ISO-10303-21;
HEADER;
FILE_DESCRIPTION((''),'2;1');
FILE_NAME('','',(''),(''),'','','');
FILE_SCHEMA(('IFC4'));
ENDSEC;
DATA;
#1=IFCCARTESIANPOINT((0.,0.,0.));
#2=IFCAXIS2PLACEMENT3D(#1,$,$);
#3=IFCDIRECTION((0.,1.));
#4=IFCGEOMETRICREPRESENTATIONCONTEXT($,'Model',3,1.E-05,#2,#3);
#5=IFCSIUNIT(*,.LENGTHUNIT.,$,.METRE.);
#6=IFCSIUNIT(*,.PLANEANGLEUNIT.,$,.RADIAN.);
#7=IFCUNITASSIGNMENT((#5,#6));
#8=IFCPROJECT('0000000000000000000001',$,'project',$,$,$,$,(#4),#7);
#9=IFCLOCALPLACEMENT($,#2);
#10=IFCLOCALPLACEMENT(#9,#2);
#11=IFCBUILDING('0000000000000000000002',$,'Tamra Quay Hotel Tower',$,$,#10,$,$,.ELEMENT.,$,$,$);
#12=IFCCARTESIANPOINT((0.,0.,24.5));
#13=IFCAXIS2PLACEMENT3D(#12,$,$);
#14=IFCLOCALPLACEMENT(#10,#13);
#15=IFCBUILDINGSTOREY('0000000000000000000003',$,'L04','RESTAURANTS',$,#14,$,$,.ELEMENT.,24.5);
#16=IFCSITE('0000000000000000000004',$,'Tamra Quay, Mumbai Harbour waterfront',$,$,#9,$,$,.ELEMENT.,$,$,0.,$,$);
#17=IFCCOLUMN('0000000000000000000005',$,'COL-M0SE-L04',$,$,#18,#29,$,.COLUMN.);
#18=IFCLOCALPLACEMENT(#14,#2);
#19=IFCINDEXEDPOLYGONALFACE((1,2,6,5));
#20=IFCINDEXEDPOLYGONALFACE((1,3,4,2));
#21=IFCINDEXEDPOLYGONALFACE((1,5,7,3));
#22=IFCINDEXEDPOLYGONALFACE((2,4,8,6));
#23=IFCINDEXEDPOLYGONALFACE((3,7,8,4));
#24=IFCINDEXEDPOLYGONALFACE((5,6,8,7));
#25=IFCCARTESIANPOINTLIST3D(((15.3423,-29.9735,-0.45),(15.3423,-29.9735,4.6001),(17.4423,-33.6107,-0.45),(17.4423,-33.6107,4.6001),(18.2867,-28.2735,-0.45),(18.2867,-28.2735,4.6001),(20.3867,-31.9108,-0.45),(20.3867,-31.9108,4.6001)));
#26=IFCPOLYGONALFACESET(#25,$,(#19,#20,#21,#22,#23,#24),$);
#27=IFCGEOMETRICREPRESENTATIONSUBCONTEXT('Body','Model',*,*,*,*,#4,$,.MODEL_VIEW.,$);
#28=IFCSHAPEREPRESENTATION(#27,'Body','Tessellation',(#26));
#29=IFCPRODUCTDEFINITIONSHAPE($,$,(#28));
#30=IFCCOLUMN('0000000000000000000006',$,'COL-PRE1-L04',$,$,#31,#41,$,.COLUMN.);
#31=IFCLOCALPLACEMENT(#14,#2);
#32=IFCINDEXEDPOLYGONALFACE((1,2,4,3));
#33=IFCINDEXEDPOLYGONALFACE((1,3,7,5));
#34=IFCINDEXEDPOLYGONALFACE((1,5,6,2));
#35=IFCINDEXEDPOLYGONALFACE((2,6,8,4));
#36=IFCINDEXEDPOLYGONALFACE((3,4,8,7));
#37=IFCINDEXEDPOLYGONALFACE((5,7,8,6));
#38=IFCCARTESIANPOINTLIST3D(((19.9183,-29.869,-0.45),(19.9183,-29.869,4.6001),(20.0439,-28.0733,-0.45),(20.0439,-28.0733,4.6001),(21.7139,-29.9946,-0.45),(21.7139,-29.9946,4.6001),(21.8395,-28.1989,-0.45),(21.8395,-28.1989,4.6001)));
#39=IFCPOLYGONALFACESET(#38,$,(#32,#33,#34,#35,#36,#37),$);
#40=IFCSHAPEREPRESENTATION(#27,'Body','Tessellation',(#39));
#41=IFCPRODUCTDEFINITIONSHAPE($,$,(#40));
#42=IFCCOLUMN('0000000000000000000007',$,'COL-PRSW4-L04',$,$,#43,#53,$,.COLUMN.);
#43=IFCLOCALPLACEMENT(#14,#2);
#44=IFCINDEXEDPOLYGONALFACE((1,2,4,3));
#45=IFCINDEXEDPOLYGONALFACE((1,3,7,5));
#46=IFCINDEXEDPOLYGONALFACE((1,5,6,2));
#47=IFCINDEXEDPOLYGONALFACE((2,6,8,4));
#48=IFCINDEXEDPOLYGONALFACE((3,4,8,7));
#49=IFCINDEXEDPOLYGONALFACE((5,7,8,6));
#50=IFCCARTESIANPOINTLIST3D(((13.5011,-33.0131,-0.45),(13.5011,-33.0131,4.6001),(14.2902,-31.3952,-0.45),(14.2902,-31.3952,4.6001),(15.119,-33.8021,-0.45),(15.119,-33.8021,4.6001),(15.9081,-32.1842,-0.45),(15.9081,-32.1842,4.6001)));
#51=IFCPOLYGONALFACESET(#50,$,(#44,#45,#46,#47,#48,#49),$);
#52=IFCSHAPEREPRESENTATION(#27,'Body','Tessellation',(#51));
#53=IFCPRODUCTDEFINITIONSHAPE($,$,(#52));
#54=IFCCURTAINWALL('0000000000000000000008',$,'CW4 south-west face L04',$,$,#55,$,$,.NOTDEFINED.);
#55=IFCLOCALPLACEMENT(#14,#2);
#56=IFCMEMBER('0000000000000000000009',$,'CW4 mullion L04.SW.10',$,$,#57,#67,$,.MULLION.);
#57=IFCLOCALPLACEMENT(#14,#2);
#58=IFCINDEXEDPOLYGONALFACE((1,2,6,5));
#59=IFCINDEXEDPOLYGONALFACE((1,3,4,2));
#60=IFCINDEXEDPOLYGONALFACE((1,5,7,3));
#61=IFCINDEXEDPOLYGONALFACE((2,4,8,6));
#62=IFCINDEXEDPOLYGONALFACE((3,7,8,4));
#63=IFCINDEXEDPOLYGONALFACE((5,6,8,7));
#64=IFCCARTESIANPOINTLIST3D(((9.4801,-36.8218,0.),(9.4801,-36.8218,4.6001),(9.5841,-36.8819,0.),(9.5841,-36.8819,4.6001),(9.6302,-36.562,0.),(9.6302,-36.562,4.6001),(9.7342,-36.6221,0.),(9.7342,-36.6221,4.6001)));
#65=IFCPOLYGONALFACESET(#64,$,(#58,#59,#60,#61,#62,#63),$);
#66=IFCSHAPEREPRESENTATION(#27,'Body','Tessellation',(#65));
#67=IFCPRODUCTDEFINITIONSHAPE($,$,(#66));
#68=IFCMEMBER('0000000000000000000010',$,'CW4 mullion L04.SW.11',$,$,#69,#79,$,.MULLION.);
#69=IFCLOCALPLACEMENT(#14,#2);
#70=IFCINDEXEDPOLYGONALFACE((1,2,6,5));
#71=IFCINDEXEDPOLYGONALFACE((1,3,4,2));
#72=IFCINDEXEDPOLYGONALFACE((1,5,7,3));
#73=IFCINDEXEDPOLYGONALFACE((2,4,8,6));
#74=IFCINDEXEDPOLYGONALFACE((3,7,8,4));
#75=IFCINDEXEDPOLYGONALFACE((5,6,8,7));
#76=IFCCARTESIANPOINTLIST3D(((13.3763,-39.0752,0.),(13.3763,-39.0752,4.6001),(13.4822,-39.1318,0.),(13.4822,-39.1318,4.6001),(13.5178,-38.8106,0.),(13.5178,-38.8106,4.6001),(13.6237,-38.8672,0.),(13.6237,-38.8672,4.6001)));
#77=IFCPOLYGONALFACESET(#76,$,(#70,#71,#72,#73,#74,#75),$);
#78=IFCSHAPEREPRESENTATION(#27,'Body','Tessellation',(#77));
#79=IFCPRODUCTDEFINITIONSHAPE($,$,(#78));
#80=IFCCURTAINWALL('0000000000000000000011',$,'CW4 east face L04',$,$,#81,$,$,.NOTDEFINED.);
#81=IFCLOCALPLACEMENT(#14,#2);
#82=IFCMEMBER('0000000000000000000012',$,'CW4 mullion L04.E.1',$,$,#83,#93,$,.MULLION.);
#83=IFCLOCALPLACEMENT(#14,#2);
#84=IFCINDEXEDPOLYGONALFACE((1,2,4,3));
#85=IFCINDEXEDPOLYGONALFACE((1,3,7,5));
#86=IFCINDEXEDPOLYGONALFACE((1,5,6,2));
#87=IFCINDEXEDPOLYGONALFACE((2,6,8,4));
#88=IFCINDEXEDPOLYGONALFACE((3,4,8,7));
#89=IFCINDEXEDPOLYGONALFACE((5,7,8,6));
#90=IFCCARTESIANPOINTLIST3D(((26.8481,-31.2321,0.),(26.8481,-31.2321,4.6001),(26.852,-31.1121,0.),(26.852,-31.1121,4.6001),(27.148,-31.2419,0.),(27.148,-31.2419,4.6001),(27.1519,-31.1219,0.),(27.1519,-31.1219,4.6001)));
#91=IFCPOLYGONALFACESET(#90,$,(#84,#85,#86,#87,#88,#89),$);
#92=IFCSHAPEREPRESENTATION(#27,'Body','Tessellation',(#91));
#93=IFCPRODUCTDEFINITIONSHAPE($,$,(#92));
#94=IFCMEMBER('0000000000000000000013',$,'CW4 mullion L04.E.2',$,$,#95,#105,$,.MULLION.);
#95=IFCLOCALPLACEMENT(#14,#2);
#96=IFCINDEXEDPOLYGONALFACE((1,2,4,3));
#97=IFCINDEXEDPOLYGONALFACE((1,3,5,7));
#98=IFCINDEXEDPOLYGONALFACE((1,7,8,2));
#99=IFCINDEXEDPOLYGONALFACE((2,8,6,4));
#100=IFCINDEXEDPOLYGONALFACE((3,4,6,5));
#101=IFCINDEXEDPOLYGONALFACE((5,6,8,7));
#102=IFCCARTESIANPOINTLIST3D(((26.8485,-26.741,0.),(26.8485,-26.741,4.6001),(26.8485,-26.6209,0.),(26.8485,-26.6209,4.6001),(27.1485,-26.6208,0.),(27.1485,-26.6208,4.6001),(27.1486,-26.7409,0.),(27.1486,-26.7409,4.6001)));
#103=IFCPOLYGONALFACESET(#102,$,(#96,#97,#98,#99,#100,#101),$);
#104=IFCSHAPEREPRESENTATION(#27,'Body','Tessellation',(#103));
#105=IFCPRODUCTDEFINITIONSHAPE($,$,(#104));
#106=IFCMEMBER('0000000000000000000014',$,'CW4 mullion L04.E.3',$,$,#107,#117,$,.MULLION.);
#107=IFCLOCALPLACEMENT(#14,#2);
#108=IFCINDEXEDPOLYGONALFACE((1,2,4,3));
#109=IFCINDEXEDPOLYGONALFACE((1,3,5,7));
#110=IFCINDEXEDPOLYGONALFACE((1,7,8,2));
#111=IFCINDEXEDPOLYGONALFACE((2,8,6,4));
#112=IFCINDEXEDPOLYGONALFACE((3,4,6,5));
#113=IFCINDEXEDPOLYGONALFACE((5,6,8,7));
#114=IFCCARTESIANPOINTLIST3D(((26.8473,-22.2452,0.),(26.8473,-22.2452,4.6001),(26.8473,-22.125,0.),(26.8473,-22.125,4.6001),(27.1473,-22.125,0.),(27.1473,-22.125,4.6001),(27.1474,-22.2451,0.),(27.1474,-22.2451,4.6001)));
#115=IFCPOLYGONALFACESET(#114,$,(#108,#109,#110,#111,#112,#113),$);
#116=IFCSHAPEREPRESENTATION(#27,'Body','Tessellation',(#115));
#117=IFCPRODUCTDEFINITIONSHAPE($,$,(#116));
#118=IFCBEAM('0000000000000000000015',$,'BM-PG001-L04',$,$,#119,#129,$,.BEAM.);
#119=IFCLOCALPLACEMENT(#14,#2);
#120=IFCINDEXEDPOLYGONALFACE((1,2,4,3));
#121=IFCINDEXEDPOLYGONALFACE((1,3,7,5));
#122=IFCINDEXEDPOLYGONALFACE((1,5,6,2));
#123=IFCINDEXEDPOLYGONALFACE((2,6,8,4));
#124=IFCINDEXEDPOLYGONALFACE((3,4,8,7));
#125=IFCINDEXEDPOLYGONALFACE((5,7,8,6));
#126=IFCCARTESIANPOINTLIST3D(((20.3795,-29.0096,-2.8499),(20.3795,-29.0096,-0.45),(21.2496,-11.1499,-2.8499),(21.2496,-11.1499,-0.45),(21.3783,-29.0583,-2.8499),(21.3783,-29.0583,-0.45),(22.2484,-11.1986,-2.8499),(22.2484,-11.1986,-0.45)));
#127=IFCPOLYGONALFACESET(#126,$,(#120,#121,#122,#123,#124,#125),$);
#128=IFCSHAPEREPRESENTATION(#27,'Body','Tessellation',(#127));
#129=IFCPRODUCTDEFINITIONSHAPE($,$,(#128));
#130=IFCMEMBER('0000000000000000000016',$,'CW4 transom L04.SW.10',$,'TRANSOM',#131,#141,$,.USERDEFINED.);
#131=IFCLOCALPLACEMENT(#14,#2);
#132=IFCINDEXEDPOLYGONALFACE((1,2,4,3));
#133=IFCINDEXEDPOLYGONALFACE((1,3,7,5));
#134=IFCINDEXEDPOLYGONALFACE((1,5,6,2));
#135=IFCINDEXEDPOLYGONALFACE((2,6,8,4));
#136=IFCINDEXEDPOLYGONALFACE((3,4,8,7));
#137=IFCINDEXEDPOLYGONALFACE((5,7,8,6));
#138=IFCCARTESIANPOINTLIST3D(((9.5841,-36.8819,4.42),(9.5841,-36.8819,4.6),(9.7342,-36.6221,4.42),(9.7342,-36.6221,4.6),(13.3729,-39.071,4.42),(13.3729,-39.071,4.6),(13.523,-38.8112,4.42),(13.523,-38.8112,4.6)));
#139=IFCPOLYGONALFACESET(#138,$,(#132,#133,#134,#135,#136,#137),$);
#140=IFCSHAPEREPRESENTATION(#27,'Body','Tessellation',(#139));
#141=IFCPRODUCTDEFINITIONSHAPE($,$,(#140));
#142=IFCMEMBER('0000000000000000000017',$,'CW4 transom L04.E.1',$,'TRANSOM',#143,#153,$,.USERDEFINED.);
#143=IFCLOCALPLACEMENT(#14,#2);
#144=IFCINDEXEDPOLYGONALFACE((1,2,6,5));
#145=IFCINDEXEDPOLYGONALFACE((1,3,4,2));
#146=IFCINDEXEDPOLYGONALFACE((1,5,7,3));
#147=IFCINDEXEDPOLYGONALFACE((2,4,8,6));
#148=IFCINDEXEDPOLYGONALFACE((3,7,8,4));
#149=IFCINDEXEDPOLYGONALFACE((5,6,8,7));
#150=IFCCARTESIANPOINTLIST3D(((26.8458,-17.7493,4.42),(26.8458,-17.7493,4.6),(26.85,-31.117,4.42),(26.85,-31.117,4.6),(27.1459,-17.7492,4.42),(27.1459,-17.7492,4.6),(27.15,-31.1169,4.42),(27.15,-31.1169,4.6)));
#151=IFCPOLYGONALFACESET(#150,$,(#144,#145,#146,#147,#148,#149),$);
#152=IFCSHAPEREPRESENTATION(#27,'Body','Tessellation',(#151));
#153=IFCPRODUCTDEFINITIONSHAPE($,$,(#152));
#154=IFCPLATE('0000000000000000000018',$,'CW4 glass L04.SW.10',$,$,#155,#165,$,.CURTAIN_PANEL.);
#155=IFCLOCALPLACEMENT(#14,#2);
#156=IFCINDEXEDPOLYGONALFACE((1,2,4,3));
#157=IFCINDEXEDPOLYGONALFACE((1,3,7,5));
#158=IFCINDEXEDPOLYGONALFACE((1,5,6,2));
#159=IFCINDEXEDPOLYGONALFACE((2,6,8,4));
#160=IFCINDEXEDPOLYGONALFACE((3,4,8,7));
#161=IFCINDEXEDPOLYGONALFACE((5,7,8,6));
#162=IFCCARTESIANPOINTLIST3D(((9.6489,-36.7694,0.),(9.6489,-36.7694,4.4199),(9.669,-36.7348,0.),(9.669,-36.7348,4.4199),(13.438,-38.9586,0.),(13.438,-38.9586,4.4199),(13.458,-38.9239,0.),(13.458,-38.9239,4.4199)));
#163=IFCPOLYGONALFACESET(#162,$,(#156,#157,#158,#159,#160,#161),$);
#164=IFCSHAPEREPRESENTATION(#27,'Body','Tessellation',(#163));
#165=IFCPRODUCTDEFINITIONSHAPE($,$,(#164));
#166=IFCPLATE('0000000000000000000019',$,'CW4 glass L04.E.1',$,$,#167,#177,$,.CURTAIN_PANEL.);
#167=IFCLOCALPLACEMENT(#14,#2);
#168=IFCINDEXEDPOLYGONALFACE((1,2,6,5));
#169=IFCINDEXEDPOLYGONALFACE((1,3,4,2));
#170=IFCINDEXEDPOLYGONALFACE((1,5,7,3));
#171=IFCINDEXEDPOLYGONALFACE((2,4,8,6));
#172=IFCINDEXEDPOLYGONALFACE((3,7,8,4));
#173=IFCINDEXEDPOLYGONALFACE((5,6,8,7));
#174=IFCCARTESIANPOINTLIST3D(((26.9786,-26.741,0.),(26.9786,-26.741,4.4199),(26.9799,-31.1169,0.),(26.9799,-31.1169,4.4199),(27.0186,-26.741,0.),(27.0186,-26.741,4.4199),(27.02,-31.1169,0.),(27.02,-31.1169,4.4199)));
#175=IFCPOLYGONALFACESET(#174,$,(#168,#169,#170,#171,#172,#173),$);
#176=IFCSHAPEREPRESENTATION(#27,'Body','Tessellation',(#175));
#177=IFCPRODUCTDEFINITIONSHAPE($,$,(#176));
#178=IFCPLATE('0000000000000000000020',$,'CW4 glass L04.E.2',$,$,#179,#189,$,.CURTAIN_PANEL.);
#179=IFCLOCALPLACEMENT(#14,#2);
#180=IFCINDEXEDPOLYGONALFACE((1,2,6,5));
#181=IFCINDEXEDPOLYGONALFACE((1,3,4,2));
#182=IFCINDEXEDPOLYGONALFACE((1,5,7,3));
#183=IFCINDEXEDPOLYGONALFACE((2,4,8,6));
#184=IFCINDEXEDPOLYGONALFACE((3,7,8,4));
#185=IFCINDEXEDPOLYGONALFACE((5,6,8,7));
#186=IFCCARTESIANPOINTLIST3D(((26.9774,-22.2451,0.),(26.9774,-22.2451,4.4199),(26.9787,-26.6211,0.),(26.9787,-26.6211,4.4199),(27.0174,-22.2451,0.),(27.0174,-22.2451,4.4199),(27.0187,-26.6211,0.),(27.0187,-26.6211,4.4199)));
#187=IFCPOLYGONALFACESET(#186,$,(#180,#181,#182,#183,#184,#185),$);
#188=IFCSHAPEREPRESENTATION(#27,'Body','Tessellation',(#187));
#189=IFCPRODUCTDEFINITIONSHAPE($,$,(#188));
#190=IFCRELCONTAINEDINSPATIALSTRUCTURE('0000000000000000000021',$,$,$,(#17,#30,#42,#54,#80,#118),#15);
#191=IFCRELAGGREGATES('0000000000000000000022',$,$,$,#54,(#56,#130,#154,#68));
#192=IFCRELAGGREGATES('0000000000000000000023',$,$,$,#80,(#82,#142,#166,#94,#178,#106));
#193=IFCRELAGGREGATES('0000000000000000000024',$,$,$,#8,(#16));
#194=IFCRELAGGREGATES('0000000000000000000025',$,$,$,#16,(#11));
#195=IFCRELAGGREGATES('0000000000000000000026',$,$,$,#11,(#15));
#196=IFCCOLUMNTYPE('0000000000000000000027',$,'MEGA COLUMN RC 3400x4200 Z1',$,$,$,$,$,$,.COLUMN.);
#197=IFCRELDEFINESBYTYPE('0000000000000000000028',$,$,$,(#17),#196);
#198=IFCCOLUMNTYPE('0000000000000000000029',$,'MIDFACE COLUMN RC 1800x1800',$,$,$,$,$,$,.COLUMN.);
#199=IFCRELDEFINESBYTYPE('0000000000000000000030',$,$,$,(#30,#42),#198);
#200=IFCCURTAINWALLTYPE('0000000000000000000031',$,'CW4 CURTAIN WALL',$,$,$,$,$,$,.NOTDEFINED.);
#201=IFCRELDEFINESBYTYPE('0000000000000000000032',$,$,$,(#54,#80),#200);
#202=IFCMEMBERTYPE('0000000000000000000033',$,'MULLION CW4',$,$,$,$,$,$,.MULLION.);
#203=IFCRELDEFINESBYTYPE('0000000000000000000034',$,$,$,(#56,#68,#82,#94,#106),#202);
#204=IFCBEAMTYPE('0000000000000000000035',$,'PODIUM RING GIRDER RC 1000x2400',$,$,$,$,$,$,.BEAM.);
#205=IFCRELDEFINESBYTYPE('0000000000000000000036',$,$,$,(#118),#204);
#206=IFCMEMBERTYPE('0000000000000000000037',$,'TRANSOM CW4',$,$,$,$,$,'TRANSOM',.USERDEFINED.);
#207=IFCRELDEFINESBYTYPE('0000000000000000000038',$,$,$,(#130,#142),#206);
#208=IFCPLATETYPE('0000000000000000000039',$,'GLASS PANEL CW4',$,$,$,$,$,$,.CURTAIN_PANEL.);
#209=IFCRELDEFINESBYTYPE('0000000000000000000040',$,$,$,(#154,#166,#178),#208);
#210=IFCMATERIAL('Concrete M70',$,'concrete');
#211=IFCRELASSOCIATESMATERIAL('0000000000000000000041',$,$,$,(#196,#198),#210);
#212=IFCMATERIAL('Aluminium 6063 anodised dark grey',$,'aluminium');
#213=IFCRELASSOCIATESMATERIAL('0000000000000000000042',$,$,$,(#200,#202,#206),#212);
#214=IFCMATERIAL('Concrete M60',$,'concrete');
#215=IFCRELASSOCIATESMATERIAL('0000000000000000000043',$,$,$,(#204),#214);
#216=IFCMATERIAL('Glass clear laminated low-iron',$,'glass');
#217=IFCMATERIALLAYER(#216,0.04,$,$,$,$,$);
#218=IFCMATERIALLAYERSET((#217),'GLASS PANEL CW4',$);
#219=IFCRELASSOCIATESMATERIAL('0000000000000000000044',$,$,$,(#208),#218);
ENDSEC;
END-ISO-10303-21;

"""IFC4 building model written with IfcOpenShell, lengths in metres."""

from ifc_helpers import new_model, si_unit, direction, frame, origin, origin_2d, place, context, subcontext, project, spatial, rectangle, extrude, material, layer, layer_set, material_profile, profile_set, type_object, element, aggregate, save


model = new_model("IFC4")

# Units and contexts
model_context = context("Model", 3, precision=1e-05, world=origin(), true_north=direction((0.0, 1.0)))
body_context = subcontext(model_context, "Body", "Model", "MODEL_VIEW")
ifc_project = project(units=[si_unit("LENGTHUNIT", "METRE"), si_unit("PLANEANGLEUNIT", "RADIAN")], contexts=[model_context])

# Site, building, storey
site_placement = place(None, origin())
site = spatial("IfcSite", under=ifc_project, at=site_placement, Name="Tamra Quay, Mumbai Harbour waterfront", CompositionType="ELEMENT", RefElevation=0.0)
building_placement = place(site_placement, origin())
building = spatial("IfcBuilding", under=site, at=building_placement, Name="Tamra Quay Hotel Tower", CompositionType="ELEMENT")
storey_placement = place(building_placement, frame((0.0, 0.0, 24.5)))
storey = spatial("IfcBuildingStorey", under=building, at=storey_placement, Name="L04", Description="RESTAURANTS", CompositionType="ELEMENT", Elevation=24.5)

# Columns
ifc_material_1 = material(Name="Concrete M70", Category="concrete")
ifc_material_profile_1 = material_profile(ifc_material_1, rectangle(XDim=4.2, YDim=3.3999, at=origin_2d()), Name="MEGA COLUMN RC 3400x4200 Z1")
ifc_profile_set_1 = profile_set([ifc_material_profile_1], Name="Concrete M70")
column_type_1 = type_object("IfcColumnType", Name="MEGA COLUMN RC 3400x4200 Z1", PredefinedType="COLUMN", material=ifc_profile_set_1)
column_placement = place(storey_placement, frame((17.8645, -30.9421, -0.45), z_axis=(0.0, 0.0, 1.0), x_axis=(-0.5, 0.866025, 0.0)))
element("IfcColumn", 1, at=column_placement, inside=storey, type_object=column_type_1, Name="COL-M0SE-L04", PredefinedType="COLUMN", context=body_context, shape_type="SweptSolid", body=[
    extrude(rectangle(XDim=4.2, YDim=3.3999, at=origin_2d()), origin(), (0.0, 0.0, 1.0), 5.05),
])
ifc_material_profile_2 = material_profile(ifc_material_1, rectangle(XDim=1.8, YDim=1.8, at=origin_2d()), Name="MIDFACE COLUMN RC 1800x1800")
ifc_profile_set_2 = profile_set([ifc_material_profile_2], Name="Concrete M70")
column_type_2 = type_object("IfcColumnType", Name="MIDFACE COLUMN RC 1800x1800", PredefinedType="COLUMN", material=ifc_profile_set_2)
for number, where, z_axis, x_axis, name in (
    (2, (20.8789, -29.0339, -0.45), (0.0, 0.0, 1.0), (-0.997562, 0.06979, 0.0), "COL-PRE1-L04"),
    (3, (14.7046, -32.5986, -0.45), (0.0, 0.0, 1.0), (0.438341, 0.898809, 0.0), "COL-PRSW4-L04"),
):
    element("IfcColumn", number, at=place(storey_placement, frame(where, z_axis=z_axis, x_axis=x_axis)), inside=storey, type_object=column_type_2, Name=name, PredefinedType="COLUMN", context=body_context, shape_type="SweptSolid", body=[
        extrude(rectangle(XDim=1.8, YDim=1.8, at=origin_2d()), origin(), (0.0, 0.0, 1.0), 5.05),
    ])

# Curtain walls, members
ifc_material_2 = material(Name="Aluminium 6063 anodised dark grey", Category="aluminium")
curtain_wall_type = type_object("IfcCurtainWallType", Name="CW4 CURTAIN WALL", PredefinedType="NOTDEFINED", material=ifc_material_2)
curtain_wall_1_placement = place(storey_placement, origin())
curtain_wall_1 = element("IfcCurtainWall", 4, at=curtain_wall_1_placement, inside=storey, type_object=curtain_wall_type, Name="CW4 south-west face L04", PredefinedType="NOTDEFINED")
ifc_material_profile_3 = material_profile(ifc_material_2, rectangle(XDim=0.3, YDim=0.1201, at=origin_2d()), Name="MULLION 120X300")
ifc_profile_set_3 = profile_set([ifc_material_profile_3], Name="Aluminium 6063 anodised dark grey")
member_type_1 = type_object("IfcMemberType", Name="MULLION CW4", PredefinedType="MULLION", material=ifc_profile_set_3)
member_1_placement = place(storey_placement, frame((9.6072, -36.7219, 0.0), z_axis=(0.0, 0.0, 1.0), x_axis=(-0.500265, -0.865872, 0.0)))
member_1 = element("IfcMember", 5, at=member_1_placement, type_object=member_type_1, Name="CW4 mullion L04.SW.10", PredefinedType="MULLION", context=body_context, shape_type="SweptSolid", body=[
    extrude(rectangle(XDim=0.3, YDim=0.1201, at=origin_2d()), origin(), (0.0, 0.0, 1.0), 4.6001),
])
member_2_placement = place(storey_placement, frame((13.5, -38.9712, 0.0), z_axis=(0.0, 0.0, 1.0), x_axis=(-0.471532, -0.881849, 0.0)))
member_2 = element("IfcMember", 6, at=member_2_placement, type_object=member_type_1, Name="CW4 mullion L04.SW.11", PredefinedType="MULLION", context=body_context, shape_type="SweptSolid", body=[
    extrude(rectangle(XDim=0.3, YDim=0.1201, at=origin_2d()), origin(), (0.0, 0.0, 1.0), 4.6001),
])
curtain_wall_2_placement = place(storey_placement, origin())
curtain_wall_2 = element("IfcCurtainWall", 7, at=curtain_wall_2_placement, inside=storey, type_object=curtain_wall_type, Name="CW4 east face L04", PredefinedType="NOTDEFINED")
member_3_placement = place(storey_placement, frame((27.0, -31.177, 0.0), z_axis=(0.0, 0.0, 1.0), x_axis=(0.99947, -0.032566, 0.0)))
member_3 = element("IfcMember", 8, at=member_3_placement, type_object=member_type_1, Name="CW4 mullion L04.E.1", PredefinedType="MULLION", context=body_context, shape_type="SweptSolid", body=[
    extrude(rectangle(XDim=0.3, YDim=0.1201, at=origin_2d()), origin(), (0.0, 0.0, 1.0), 4.6001),
])
member_4_placement = place(storey_placement, frame((26.9985, -26.6809, 0.0), z_axis=(0.0, 0.0, 1.0), x_axis=(1.0, 0.000306, 0.0)))
member_4 = element("IfcMember", 9, at=member_4_placement, type_object=member_type_1, Name="CW4 mullion L04.E.2", PredefinedType="MULLION", context=body_context, shape_type="SweptSolid", body=[
    extrude(rectangle(XDim=0.3, YDim=0.1201, at=origin_2d()), origin(), (0.0, 0.0, 1.0), 4.6001),
])
member_5_placement = place(storey_placement, frame((26.9973, -22.1851, 0.0), z_axis=(0.0, 0.0, 1.0), x_axis=(1.0, 0.000306, 0.0)))
member_5 = element("IfcMember", 10, at=member_5_placement, type_object=member_type_1, Name="CW4 mullion L04.E.3", PredefinedType="MULLION", context=body_context, shape_type="SweptSolid", body=[
    extrude(rectangle(XDim=0.3, YDim=0.1201, at=origin_2d()), origin(), (0.0, 0.0, 1.0), 4.6001),
])

# Beam
ifc_material_3 = material(Name="Concrete M60", Category="concrete")
ifc_material_profile_4 = material_profile(ifc_material_3, rectangle(XDim=1.0, YDim=2.3999, at=origin_2d()), Name="PODIUM RING GIRDER RC 1000x2400")
ifc_profile_set_4 = profile_set([ifc_material_profile_4], Name="Concrete M60")
beam_type = type_object("IfcBeamType", Name="PODIUM RING GIRDER RC 1000x2400", PredefinedType="BEAM", material=ifc_profile_set_4)
beam_placement = place(storey_placement, frame((20.8789, -29.0339, -1.6499), z_axis=(0.048662, 0.998815, 0.0), x_axis=(-0.998815, 0.048662, 0.0)))
element("IfcBeam", 11, at=beam_placement, inside=storey, type_object=beam_type, Name="BM-PG001-L04", PredefinedType="BEAM", context=body_context, shape_type="SweptSolid", body=[
    extrude(rectangle(XDim=1.0, YDim=2.3999, at=origin_2d()), origin(), (0.0, 0.0, 1.0), 17.8809),
])

# Members
ifc_material_profile_5 = material_profile(ifc_material_2, rectangle(XDim=0.3, YDim=0.1799, at=origin_2d()), Name="TRANSOM 300X180")
ifc_profile_set_5 = profile_set([ifc_material_profile_5], Name="Aluminium 6063 anodised dark grey")
member_type_2 = type_object("IfcMemberType", Name="TRANSOM CW4", ElementType="TRANSOM", PredefinedType="USERDEFINED", material=ifc_profile_set_5)
member_6_placement = place(storey_placement, frame((9.6592, -36.752, 4.51), z_axis=(0.865854, -0.500297, 0.0), x_axis=(0.500297, 0.865854, 0.0)))
member_6 = element("IfcMember", 12, at=member_6_placement, type_object=member_type_2, Name="CW4 transom L04.SW.10", ObjectType="TRANSOM", PredefinedType="USERDEFINED", context=body_context, shape_type="SweptSolid", body=[
    extrude(rectangle(XDim=0.3, YDim=0.1799, at=origin_2d()), origin(), (0.0, 0.0, 1.0), 4.3757),
])
member_7_placement = place(storey_placement, frame((27.0, -31.1169, 4.51), z_axis=(-0.00031, 1.0, 0.0), x_axis=(-1.0, -0.00031, 0.0)))
member_7 = element("IfcMember", 13, at=member_7_placement, type_object=member_type_2, Name="CW4 transom L04.E.1", ObjectType="TRANSOM", PredefinedType="USERDEFINED", context=body_context, shape_type="SweptSolid", body=[
    extrude(rectangle(XDim=0.3, YDim=0.1799, at=origin_2d()), origin(), (0.0, 0.0, 1.0), 13.3677),
])

# Plates
ifc_material_4 = material(Name="Glass clear laminated low-iron", Category="glass")
ifc_layer_1 = layer(ifc_material_4, 0.04)
ifc_layer_set_1 = layer_set([ifc_layer_1], Name="GLASS PANEL CW4")
plate_type = type_object("IfcPlateType", Name="GLASS PANEL CW4", PredefinedType="CURTAIN_PANEL", material=ifc_layer_set_1)
plate_1_placement = place(storey_placement, frame((11.5535, -37.8467, 0.0), z_axis=(0.0, 0.0, 1.0), x_axis=(0.865872, -0.500265, 0.0)))
plate_1 = element("IfcPlate", 14, at=plate_1_placement, type_object=plate_type, Name="CW4 glass L04.SW.10", PredefinedType="CURTAIN_PANEL", context=body_context, shape_type="SweptSolid", body=[
    extrude(rectangle(XDim=4.376, YDim=0.04, at=origin_2d()), origin(), (0.0, 0.0, 1.0), 4.4199),
])
aggregate(curtain_wall_1, [member_1, member_6, plate_1, member_2])
plate_2_placement = place(storey_placement, frame((26.9993, -28.929, 0.0), z_axis=(0.0, 0.0, 1.0), x_axis=(-0.000306, 1.0, 0.0)))
plate_2 = element("IfcPlate", 15, at=plate_2_placement, type_object=plate_type, Name="CW4 glass L04.E.1", PredefinedType="CURTAIN_PANEL", context=body_context, shape_type="SweptSolid", body=[
    extrude(rectangle(XDim=4.376, YDim=0.04, at=origin_2d()), origin(), (0.0, 0.0, 1.0), 4.4199),
])
plate_3_placement = place(storey_placement, frame((26.998, -24.4331, 0.0), z_axis=(0.0, 0.0, 1.0), x_axis=(-0.000306, 1.0, 0.0)))
plate_3 = element("IfcPlate", 16, at=plate_3_placement, type_object=plate_type, Name="CW4 glass L04.E.2", PredefinedType="CURTAIN_PANEL", context=body_context, shape_type="SweptSolid", body=[
    extrude(rectangle(XDim=4.376, YDim=0.04, at=origin_2d()), origin(), (0.0, 0.0, 1.0), 4.4199),
])
aggregate(curtain_wall_2, [member_3, member_7, plate_2, member_4, plate_3, member_5])

save(model, "model.ifc")
